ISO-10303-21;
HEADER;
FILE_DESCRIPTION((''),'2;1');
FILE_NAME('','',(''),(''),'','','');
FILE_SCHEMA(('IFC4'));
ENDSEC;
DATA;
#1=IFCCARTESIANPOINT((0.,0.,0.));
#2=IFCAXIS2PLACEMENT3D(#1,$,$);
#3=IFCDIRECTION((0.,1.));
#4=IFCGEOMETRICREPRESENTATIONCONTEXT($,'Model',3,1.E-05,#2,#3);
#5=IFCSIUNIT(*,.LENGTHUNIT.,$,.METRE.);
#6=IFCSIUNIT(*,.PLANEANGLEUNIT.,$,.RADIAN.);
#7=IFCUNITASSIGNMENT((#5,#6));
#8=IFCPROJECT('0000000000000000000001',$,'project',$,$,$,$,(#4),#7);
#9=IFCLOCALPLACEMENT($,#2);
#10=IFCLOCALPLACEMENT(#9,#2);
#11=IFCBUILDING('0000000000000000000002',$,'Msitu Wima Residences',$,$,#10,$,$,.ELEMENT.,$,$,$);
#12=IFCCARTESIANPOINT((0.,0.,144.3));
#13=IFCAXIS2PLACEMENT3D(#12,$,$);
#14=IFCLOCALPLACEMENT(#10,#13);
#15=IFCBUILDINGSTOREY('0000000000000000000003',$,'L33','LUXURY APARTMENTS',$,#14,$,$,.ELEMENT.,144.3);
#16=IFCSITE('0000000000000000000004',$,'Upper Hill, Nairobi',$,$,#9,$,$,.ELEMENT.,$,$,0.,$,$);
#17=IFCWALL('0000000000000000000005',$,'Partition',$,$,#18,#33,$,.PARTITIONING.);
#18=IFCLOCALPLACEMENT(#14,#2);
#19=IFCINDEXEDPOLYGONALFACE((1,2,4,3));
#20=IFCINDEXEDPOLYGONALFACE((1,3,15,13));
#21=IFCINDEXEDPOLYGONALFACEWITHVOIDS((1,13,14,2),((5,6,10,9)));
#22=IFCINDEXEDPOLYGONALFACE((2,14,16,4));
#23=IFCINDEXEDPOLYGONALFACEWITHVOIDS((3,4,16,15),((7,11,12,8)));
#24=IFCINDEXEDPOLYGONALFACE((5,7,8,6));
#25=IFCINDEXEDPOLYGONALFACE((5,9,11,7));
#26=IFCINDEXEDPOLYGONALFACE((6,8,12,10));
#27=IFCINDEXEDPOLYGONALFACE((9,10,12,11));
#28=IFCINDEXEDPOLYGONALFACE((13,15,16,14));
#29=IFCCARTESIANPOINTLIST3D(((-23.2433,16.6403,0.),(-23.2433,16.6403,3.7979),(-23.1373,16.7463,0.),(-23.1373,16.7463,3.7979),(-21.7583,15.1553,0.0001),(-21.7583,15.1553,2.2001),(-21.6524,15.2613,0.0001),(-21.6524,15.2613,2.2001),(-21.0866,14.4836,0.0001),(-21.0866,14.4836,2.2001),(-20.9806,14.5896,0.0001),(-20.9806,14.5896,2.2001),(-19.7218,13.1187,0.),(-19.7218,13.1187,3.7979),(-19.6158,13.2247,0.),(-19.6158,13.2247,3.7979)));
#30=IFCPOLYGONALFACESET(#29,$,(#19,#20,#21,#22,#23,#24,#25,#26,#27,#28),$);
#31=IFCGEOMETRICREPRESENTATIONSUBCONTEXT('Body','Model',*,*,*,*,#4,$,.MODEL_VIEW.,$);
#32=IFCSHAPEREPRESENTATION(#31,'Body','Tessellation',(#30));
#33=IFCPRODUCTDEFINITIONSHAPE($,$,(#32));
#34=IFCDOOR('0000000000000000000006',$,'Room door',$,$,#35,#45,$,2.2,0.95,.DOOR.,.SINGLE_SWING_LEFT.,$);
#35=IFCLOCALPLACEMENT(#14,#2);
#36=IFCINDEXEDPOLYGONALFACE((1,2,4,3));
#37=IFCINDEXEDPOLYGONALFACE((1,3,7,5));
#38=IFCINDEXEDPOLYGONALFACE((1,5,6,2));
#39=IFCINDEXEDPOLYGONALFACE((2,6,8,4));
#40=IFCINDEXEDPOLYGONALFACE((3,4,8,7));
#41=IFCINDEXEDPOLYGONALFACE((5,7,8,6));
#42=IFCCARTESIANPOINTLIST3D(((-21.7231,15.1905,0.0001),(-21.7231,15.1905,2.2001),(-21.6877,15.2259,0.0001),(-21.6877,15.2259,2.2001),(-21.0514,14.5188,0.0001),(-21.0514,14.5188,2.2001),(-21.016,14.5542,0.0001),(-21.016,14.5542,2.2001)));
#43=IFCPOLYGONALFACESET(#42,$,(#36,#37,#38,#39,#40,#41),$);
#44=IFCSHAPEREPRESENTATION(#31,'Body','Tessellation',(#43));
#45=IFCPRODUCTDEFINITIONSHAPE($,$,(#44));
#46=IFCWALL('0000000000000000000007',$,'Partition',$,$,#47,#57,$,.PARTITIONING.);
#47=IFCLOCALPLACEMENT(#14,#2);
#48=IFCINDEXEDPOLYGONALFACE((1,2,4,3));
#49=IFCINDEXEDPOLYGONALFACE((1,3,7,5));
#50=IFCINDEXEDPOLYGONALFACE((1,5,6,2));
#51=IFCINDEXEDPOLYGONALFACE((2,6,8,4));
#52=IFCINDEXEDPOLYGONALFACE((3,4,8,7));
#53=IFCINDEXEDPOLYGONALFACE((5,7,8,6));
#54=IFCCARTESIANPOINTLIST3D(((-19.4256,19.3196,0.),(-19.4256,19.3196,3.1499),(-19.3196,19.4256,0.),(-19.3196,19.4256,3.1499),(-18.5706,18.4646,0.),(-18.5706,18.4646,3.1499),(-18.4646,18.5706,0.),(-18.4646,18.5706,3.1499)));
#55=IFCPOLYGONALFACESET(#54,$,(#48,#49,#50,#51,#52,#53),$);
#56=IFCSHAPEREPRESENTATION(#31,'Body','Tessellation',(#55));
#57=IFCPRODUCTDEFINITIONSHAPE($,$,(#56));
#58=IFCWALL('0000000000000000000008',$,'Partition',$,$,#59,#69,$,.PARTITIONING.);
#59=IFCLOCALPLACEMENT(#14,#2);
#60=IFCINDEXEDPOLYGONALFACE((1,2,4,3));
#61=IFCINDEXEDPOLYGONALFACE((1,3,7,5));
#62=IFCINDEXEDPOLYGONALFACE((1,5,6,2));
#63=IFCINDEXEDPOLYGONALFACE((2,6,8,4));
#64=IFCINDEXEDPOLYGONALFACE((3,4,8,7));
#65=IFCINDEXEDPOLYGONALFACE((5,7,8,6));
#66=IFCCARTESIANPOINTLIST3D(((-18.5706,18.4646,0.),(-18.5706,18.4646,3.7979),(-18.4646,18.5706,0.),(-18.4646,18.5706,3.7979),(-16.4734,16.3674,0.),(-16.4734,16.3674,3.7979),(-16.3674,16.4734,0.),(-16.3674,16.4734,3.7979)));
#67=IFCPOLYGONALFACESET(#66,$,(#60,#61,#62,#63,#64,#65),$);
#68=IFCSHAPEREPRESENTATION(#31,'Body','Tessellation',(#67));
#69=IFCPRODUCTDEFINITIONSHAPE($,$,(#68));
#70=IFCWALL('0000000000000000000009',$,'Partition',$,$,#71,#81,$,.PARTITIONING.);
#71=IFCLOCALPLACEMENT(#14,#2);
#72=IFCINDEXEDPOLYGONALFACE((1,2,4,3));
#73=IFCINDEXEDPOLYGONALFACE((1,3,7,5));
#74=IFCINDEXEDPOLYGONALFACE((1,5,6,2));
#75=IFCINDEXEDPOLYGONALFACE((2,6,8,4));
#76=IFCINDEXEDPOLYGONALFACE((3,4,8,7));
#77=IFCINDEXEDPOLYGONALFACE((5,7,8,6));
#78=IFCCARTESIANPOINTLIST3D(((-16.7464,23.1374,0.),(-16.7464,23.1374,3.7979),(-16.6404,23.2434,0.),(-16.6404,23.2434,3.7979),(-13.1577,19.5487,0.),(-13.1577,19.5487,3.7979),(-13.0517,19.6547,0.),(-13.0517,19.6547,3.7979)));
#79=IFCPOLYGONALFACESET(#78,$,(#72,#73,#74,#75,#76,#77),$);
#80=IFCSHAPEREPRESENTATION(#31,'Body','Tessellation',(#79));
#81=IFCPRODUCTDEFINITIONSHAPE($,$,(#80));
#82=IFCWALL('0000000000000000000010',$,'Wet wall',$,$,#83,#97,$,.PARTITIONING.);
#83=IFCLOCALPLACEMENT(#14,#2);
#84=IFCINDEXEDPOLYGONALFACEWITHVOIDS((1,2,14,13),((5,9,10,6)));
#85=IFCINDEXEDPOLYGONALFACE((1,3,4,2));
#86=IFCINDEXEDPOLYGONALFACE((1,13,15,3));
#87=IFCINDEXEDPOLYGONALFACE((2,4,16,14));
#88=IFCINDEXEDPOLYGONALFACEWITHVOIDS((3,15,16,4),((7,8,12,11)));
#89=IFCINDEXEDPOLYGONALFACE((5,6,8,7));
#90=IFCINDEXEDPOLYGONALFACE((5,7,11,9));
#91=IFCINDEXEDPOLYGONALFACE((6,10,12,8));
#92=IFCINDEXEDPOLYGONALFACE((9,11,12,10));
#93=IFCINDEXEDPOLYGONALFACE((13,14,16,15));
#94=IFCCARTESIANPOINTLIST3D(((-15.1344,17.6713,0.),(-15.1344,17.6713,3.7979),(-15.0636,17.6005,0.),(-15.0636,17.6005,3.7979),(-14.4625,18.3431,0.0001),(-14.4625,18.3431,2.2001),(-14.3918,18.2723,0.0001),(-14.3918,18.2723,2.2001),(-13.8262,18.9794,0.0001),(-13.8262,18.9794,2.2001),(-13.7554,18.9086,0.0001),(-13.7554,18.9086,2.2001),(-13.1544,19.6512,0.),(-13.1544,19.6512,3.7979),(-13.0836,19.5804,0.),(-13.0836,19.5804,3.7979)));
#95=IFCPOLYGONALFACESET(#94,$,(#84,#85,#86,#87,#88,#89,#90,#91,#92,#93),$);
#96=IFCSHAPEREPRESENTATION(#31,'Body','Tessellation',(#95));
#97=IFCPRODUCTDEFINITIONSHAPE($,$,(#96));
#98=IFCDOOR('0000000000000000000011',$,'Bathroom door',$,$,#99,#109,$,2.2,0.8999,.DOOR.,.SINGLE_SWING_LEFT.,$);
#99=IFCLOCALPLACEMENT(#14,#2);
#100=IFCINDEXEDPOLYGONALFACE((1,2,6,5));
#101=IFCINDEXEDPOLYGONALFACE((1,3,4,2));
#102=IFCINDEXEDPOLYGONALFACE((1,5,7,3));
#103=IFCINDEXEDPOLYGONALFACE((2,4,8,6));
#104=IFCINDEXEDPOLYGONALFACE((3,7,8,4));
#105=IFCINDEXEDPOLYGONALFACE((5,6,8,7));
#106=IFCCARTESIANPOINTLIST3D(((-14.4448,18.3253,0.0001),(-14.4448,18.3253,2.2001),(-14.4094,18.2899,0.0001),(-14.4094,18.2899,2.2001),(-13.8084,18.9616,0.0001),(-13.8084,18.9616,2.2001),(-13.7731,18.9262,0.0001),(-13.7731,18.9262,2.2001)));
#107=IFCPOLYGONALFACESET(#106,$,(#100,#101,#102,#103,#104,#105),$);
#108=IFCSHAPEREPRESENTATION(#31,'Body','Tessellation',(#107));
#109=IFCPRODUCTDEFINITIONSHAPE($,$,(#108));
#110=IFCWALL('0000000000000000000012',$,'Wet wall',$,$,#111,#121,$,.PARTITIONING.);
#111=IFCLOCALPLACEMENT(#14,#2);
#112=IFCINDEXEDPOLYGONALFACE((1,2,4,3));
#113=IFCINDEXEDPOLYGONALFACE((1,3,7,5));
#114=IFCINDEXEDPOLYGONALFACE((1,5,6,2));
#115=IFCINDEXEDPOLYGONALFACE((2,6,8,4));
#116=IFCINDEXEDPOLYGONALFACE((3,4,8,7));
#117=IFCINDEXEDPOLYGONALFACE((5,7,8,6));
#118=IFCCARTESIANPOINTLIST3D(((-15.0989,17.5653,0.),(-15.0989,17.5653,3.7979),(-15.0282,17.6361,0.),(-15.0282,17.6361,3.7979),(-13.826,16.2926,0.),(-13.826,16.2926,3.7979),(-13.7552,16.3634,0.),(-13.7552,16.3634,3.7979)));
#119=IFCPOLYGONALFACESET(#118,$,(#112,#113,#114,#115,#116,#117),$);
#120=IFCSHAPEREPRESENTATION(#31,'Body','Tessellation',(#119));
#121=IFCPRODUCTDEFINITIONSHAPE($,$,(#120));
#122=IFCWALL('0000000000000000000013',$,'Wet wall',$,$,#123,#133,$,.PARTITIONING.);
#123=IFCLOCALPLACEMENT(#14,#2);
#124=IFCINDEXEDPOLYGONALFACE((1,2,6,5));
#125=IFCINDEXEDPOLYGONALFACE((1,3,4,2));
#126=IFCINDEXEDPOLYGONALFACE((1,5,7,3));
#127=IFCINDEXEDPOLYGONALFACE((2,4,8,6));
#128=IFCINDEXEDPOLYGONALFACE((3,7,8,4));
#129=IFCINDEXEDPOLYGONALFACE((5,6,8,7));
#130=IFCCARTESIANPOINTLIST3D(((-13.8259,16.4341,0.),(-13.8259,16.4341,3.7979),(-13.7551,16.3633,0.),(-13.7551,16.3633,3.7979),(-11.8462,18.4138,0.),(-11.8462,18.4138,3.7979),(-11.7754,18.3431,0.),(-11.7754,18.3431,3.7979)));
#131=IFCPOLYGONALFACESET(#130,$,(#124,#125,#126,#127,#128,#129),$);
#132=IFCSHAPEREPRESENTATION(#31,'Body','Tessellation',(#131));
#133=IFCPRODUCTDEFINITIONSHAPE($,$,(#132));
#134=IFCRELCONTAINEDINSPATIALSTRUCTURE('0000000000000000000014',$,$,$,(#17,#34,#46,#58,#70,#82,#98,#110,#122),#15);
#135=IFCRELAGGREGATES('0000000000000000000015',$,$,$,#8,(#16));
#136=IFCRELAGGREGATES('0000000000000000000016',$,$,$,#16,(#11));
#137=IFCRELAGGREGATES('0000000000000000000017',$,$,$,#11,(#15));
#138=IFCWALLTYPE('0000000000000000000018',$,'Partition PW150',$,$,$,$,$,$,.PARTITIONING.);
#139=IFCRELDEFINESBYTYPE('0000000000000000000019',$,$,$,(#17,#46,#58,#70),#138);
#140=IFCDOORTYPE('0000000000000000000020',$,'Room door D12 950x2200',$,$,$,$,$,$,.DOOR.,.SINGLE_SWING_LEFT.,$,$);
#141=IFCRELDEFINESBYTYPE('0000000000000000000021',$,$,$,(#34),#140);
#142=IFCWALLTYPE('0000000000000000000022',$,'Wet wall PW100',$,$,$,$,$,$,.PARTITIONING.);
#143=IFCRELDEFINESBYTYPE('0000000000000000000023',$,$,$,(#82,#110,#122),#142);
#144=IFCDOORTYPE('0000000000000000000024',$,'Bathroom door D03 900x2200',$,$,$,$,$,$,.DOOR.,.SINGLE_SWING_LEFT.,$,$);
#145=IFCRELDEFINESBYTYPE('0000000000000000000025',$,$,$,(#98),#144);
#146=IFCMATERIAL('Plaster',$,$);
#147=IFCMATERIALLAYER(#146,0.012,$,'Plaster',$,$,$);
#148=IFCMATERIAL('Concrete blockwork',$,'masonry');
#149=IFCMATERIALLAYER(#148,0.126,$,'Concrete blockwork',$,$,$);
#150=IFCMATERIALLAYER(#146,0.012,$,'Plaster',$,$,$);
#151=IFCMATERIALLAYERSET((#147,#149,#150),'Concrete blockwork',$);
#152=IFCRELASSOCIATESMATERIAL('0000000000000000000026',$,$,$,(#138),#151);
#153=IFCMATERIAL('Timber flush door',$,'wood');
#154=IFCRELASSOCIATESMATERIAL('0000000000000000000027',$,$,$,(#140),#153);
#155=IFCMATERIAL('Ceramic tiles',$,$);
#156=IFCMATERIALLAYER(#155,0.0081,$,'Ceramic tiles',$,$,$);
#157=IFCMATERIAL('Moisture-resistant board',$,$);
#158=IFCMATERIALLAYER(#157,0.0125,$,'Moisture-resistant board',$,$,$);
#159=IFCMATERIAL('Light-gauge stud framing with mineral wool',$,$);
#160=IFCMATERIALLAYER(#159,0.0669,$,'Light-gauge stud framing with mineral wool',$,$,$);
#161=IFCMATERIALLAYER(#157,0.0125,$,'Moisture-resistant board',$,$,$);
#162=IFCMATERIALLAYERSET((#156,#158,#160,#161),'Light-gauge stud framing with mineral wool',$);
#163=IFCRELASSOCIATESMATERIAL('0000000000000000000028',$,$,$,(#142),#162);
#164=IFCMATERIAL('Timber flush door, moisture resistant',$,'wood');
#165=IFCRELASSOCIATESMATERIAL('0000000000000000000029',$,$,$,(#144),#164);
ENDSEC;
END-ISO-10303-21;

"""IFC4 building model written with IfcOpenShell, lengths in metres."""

from ifc_helpers import new_model, si_unit, direction, frame, frame_2d, origin, place, context, subcontext, project, spatial, rectangle, extrude, material, layer, layer_set, type_object, element, fill, save


model = new_model("IFC4")

# Units and contexts
model_context = context("Model", 3, precision=1e-05, world=origin(), true_north=direction((0.0, 1.0)))
body_context = subcontext(model_context, "Body", "Model", "MODEL_VIEW")
ifc_project = project(units=[si_unit("LENGTHUNIT", "METRE"), si_unit("PLANEANGLEUNIT", "RADIAN")], contexts=[model_context])

# Site, building, storey
site_placement = place(None, origin())
site = spatial("IfcSite", under=ifc_project, at=site_placement, Name="Upper Hill, Nairobi", CompositionType="ELEMENT", RefElevation=0.0)
building_placement = place(site_placement, origin())
building = spatial("IfcBuilding", under=site, at=building_placement, Name="Msitu Wima Residences", CompositionType="ELEMENT")
storey_placement = place(building_placement, frame((0.0, 0.0, 144.3)))
storey = spatial("IfcBuildingStorey", under=building, at=storey_placement, Name="L33", Description="LUXURY APARTMENTS", CompositionType="ELEMENT", Elevation=144.3)

# Wall, opening, door
ifc_material_1 = material(Name="Plaster")
ifc_material_2 = material(Name="Concrete blockwork", Category="masonry")
ifc_layer_1 = layer(ifc_material_1, 0.012, Name="Plaster")
ifc_layer_2 = layer(ifc_material_2, 0.126, Name="Concrete blockwork")
ifc_layer_3 = layer(ifc_material_1, 0.012, Name="Plaster")
ifc_layer_set_1 = layer_set([ifc_layer_1, ifc_layer_2, ifc_layer_3], Name="Concrete blockwork")
wall_type_1 = type_object("IfcWallType", Name="Partition PW150", PredefinedType="PARTITIONING", material=ifc_layer_set_1)
wall_1_placement = place(storey_placement, frame((-23.1904, 16.6934, 0.0), z_axis=(0.0, 0.0, 1.0), x_axis=(0.707107, -0.707107, 0.0)))
wall_1 = element("IfcWall", 1, at=wall_1_placement, inside=storey, type_object=wall_type_1, Name="Partition", PredefinedType="PARTITIONING", context=body_context, shape_type="SweptSolid", body=[
    extrude(rectangle(XDim=4.9802, YDim=0.1499, at=frame_2d((2.4902, 0.0))), origin(), (0.0, 0.0, 1.0), 3.7979),
])
opening_1_placement = place(wall_1_placement, frame((2.1001, 0.0, 0.0)))
opening_1 = element("IfcOpeningElement", 2, at=opening_1_placement, cuts=wall_1, PredefinedType="OPENING", context=body_context, shape_type="SweptSolid", body=[
    extrude(rectangle(XDim=0.95, YDim=2.2, at=frame_2d((0.4751, 1.1001))), frame((0.0, 0.085, 0.0), z_axis=(0.0, -1.0, 0.0), x_axis=(1.0, 0.0, 0.0)), (0.0, 0.0, 1.0), 0.1699),
])
ifc_material_3 = material(Name="Timber flush door", Category="wood")
door_type_1 = type_object("IfcDoorType", Name="Room door D12 950x2200", OperationType="SINGLE_SWING_LEFT", PredefinedType="DOOR", material=ifc_material_3)
door_1_placement = place(opening_1_placement, origin())
door_1 = element("IfcDoor", 3, at=door_1_placement, inside=storey, type_object=door_type_1, Name="Room door", OperationType="SINGLE_SWING_LEFT", OverallHeight=2.2, OverallWidth=0.95, PredefinedType="DOOR", context=body_context, shape_type="SweptSolid", body=[
    extrude(rectangle(XDim=0.95, YDim=2.2, at=frame_2d((0.4751, 1.1001))), frame((0.0, 0.0249, 0.0), z_axis=(0.0, -1.0, 0.0), x_axis=(1.0, 0.0, 0.0)), (0.0, 0.0, 1.0), 0.05),
])
fill(opening_1, door_1)

# Walls
wall_2_placement = place(storey_placement, frame((-19.3726, 19.3726, 0.0), z_axis=(0.0, 0.0, 1.0), x_axis=(0.707107, -0.707107, 0.0)))
element("IfcWall", 4, at=wall_2_placement, inside=storey, type_object=wall_type_1, Name="Partition", PredefinedType="PARTITIONING", context=body_context, shape_type="SweptSolid", body=[
    extrude(rectangle(XDim=1.2092, YDim=0.1499, at=frame_2d((0.6045, 0.0))), origin(), (0.0, 0.0, 1.0), 3.1499),
])
wall_3_placement = place(storey_placement, frame((-18.5176, 18.5176, 0.0), z_axis=(0.0, 0.0, 1.0), x_axis=(0.707107, -0.707107, 0.0)))
element("IfcWall", 5, at=wall_3_placement, inside=storey, type_object=wall_type_1, Name="Partition", PredefinedType="PARTITIONING", context=body_context, shape_type="SweptSolid", body=[
    extrude(rectangle(XDim=2.9658, YDim=0.1499, at=frame_2d((1.4829, 0.0))), origin(), (0.0, 0.0, 1.0), 3.7979),
])
wall_4_placement = place(storey_placement, frame((-16.6934, 23.1904, 0.0), z_axis=(0.0, 0.0, 1.0), x_axis=(0.707107, -0.707107, 0.0)))
element("IfcWall", 6, at=wall_4_placement, inside=storey, type_object=wall_type_1, Name="Partition", PredefinedType="PARTITIONING", context=body_context, shape_type="SweptSolid", body=[
    extrude(rectangle(XDim=5.0752, YDim=0.1499, at=frame_2d((2.5376, 0.0))), origin(), (0.0, 0.0, 1.0), 3.7979),
])

# Wall, opening, door
ifc_material_4 = material(Name="Ceramic tiles")
ifc_layer_4 = layer(ifc_material_4, 0.0081, Name="Ceramic tiles")
ifc_material_5 = material(Name="Moisture-resistant board")
ifc_layer_5 = layer(ifc_material_5, 0.0125, Name="Moisture-resistant board")
ifc_material_6 = material(Name="Light-gauge stud framing with mineral wool")
ifc_layer_6 = layer(ifc_material_6, 0.0669, Name="Light-gauge stud framing with mineral wool")
ifc_layer_7 = layer(ifc_material_5, 0.0125, Name="Moisture-resistant board")
ifc_layer_set_2 = layer_set([ifc_layer_4, ifc_layer_5, ifc_layer_6, ifc_layer_7], Name="Light-gauge stud framing with mineral wool")
wall_type_2 = type_object("IfcWallType", Name="Wet wall PW100", PredefinedType="PARTITIONING", material=ifc_layer_set_2)
wall_5_placement = place(storey_placement, frame((-15.0989, 17.636, 0.0), z_axis=(0.0, 0.0, 1.0), x_axis=(0.707107, 0.707107, 0.0)))
wall_5 = element("IfcWall", 7, at=wall_5_placement, inside=storey, type_object=wall_type_2, Name="Wet wall", PredefinedType="PARTITIONING", context=body_context, shape_type="SweptSolid", body=[
    extrude(rectangle(XDim=2.8, YDim=0.1001, at=frame_2d((1.3999, 0.0))), origin(), (0.0, 0.0, 1.0), 3.7979),
])
opening_2_placement = place(wall_5_placement, frame((0.95, 0.0, 0.0)))
opening_2 = element("IfcOpeningElement", 8, at=opening_2_placement, cuts=wall_5, PredefinedType="OPENING", context=body_context, shape_type="SweptSolid", body=[
    extrude(rectangle(XDim=0.8999, YDim=2.2, at=frame_2d((0.45, 1.1001))), frame((0.0, 0.0601, 0.0), z_axis=(0.0, -1.0, 0.0), x_axis=(1.0, 0.0, 0.0)), (0.0, 0.0, 1.0), 0.1201),
])
ifc_material_7 = material(Name="Timber flush door, moisture resistant", Category="wood")
door_type_2 = type_object("IfcDoorType", Name="Bathroom door D03 900x2200", OperationType="SINGLE_SWING_LEFT", PredefinedType="DOOR", material=ifc_material_7)
door_2_placement = place(opening_2_placement, origin())
door_2 = element("IfcDoor", 9, at=door_2_placement, inside=storey, type_object=door_type_2, Name="Bathroom door", OperationType="SINGLE_SWING_LEFT", OverallHeight=2.2, OverallWidth=0.8999, PredefinedType="DOOR", context=body_context, shape_type="SweptSolid", body=[
    extrude(rectangle(XDim=0.8999, YDim=2.2, at=frame_2d((0.45, 1.1001))), frame((0.0, 0.0249, 0.0), z_axis=(0.0, -1.0, 0.0), x_axis=(1.0, 0.0, 0.0)), (0.0, 0.0, 1.0), 0.05),
])
fill(opening_2, door_2)

# Walls
wall_6_placement = place(storey_placement, frame((-15.0635, 17.6006, 0.0), z_axis=(0.0, 0.0, 1.0), x_axis=(0.707175, -0.707039, 0.0)))
element("IfcWall", 10, at=wall_6_placement, inside=storey, type_object=wall_type_2, Name="Wet wall", PredefinedType="PARTITIONING", context=body_context, shape_type="SweptSolid", body=[
    extrude(rectangle(XDim=1.8, YDim=0.1001, at=frame_2d((0.8999, 0.0))), origin(), (0.0, 0.0, 1.0), 3.7979),
])
wall_7_placement = place(storey_placement, frame((-13.7905, 16.3987, 0.0), z_axis=(0.0, 0.0, 1.0), x_axis=(0.707107, 0.707107, 0.0)))
element("IfcWall", 11, at=wall_7_placement, inside=storey, type_object=wall_type_2, Name="Wet wall", PredefinedType="PARTITIONING", context=body_context, shape_type="SweptSolid", body=[
    extrude(rectangle(XDim=2.7998, YDim=0.1001, at=frame_2d((1.3999, 0.0))), origin(), (0.0, 0.0, 1.0), 3.7979),
])

save(model, "model.ifc")
